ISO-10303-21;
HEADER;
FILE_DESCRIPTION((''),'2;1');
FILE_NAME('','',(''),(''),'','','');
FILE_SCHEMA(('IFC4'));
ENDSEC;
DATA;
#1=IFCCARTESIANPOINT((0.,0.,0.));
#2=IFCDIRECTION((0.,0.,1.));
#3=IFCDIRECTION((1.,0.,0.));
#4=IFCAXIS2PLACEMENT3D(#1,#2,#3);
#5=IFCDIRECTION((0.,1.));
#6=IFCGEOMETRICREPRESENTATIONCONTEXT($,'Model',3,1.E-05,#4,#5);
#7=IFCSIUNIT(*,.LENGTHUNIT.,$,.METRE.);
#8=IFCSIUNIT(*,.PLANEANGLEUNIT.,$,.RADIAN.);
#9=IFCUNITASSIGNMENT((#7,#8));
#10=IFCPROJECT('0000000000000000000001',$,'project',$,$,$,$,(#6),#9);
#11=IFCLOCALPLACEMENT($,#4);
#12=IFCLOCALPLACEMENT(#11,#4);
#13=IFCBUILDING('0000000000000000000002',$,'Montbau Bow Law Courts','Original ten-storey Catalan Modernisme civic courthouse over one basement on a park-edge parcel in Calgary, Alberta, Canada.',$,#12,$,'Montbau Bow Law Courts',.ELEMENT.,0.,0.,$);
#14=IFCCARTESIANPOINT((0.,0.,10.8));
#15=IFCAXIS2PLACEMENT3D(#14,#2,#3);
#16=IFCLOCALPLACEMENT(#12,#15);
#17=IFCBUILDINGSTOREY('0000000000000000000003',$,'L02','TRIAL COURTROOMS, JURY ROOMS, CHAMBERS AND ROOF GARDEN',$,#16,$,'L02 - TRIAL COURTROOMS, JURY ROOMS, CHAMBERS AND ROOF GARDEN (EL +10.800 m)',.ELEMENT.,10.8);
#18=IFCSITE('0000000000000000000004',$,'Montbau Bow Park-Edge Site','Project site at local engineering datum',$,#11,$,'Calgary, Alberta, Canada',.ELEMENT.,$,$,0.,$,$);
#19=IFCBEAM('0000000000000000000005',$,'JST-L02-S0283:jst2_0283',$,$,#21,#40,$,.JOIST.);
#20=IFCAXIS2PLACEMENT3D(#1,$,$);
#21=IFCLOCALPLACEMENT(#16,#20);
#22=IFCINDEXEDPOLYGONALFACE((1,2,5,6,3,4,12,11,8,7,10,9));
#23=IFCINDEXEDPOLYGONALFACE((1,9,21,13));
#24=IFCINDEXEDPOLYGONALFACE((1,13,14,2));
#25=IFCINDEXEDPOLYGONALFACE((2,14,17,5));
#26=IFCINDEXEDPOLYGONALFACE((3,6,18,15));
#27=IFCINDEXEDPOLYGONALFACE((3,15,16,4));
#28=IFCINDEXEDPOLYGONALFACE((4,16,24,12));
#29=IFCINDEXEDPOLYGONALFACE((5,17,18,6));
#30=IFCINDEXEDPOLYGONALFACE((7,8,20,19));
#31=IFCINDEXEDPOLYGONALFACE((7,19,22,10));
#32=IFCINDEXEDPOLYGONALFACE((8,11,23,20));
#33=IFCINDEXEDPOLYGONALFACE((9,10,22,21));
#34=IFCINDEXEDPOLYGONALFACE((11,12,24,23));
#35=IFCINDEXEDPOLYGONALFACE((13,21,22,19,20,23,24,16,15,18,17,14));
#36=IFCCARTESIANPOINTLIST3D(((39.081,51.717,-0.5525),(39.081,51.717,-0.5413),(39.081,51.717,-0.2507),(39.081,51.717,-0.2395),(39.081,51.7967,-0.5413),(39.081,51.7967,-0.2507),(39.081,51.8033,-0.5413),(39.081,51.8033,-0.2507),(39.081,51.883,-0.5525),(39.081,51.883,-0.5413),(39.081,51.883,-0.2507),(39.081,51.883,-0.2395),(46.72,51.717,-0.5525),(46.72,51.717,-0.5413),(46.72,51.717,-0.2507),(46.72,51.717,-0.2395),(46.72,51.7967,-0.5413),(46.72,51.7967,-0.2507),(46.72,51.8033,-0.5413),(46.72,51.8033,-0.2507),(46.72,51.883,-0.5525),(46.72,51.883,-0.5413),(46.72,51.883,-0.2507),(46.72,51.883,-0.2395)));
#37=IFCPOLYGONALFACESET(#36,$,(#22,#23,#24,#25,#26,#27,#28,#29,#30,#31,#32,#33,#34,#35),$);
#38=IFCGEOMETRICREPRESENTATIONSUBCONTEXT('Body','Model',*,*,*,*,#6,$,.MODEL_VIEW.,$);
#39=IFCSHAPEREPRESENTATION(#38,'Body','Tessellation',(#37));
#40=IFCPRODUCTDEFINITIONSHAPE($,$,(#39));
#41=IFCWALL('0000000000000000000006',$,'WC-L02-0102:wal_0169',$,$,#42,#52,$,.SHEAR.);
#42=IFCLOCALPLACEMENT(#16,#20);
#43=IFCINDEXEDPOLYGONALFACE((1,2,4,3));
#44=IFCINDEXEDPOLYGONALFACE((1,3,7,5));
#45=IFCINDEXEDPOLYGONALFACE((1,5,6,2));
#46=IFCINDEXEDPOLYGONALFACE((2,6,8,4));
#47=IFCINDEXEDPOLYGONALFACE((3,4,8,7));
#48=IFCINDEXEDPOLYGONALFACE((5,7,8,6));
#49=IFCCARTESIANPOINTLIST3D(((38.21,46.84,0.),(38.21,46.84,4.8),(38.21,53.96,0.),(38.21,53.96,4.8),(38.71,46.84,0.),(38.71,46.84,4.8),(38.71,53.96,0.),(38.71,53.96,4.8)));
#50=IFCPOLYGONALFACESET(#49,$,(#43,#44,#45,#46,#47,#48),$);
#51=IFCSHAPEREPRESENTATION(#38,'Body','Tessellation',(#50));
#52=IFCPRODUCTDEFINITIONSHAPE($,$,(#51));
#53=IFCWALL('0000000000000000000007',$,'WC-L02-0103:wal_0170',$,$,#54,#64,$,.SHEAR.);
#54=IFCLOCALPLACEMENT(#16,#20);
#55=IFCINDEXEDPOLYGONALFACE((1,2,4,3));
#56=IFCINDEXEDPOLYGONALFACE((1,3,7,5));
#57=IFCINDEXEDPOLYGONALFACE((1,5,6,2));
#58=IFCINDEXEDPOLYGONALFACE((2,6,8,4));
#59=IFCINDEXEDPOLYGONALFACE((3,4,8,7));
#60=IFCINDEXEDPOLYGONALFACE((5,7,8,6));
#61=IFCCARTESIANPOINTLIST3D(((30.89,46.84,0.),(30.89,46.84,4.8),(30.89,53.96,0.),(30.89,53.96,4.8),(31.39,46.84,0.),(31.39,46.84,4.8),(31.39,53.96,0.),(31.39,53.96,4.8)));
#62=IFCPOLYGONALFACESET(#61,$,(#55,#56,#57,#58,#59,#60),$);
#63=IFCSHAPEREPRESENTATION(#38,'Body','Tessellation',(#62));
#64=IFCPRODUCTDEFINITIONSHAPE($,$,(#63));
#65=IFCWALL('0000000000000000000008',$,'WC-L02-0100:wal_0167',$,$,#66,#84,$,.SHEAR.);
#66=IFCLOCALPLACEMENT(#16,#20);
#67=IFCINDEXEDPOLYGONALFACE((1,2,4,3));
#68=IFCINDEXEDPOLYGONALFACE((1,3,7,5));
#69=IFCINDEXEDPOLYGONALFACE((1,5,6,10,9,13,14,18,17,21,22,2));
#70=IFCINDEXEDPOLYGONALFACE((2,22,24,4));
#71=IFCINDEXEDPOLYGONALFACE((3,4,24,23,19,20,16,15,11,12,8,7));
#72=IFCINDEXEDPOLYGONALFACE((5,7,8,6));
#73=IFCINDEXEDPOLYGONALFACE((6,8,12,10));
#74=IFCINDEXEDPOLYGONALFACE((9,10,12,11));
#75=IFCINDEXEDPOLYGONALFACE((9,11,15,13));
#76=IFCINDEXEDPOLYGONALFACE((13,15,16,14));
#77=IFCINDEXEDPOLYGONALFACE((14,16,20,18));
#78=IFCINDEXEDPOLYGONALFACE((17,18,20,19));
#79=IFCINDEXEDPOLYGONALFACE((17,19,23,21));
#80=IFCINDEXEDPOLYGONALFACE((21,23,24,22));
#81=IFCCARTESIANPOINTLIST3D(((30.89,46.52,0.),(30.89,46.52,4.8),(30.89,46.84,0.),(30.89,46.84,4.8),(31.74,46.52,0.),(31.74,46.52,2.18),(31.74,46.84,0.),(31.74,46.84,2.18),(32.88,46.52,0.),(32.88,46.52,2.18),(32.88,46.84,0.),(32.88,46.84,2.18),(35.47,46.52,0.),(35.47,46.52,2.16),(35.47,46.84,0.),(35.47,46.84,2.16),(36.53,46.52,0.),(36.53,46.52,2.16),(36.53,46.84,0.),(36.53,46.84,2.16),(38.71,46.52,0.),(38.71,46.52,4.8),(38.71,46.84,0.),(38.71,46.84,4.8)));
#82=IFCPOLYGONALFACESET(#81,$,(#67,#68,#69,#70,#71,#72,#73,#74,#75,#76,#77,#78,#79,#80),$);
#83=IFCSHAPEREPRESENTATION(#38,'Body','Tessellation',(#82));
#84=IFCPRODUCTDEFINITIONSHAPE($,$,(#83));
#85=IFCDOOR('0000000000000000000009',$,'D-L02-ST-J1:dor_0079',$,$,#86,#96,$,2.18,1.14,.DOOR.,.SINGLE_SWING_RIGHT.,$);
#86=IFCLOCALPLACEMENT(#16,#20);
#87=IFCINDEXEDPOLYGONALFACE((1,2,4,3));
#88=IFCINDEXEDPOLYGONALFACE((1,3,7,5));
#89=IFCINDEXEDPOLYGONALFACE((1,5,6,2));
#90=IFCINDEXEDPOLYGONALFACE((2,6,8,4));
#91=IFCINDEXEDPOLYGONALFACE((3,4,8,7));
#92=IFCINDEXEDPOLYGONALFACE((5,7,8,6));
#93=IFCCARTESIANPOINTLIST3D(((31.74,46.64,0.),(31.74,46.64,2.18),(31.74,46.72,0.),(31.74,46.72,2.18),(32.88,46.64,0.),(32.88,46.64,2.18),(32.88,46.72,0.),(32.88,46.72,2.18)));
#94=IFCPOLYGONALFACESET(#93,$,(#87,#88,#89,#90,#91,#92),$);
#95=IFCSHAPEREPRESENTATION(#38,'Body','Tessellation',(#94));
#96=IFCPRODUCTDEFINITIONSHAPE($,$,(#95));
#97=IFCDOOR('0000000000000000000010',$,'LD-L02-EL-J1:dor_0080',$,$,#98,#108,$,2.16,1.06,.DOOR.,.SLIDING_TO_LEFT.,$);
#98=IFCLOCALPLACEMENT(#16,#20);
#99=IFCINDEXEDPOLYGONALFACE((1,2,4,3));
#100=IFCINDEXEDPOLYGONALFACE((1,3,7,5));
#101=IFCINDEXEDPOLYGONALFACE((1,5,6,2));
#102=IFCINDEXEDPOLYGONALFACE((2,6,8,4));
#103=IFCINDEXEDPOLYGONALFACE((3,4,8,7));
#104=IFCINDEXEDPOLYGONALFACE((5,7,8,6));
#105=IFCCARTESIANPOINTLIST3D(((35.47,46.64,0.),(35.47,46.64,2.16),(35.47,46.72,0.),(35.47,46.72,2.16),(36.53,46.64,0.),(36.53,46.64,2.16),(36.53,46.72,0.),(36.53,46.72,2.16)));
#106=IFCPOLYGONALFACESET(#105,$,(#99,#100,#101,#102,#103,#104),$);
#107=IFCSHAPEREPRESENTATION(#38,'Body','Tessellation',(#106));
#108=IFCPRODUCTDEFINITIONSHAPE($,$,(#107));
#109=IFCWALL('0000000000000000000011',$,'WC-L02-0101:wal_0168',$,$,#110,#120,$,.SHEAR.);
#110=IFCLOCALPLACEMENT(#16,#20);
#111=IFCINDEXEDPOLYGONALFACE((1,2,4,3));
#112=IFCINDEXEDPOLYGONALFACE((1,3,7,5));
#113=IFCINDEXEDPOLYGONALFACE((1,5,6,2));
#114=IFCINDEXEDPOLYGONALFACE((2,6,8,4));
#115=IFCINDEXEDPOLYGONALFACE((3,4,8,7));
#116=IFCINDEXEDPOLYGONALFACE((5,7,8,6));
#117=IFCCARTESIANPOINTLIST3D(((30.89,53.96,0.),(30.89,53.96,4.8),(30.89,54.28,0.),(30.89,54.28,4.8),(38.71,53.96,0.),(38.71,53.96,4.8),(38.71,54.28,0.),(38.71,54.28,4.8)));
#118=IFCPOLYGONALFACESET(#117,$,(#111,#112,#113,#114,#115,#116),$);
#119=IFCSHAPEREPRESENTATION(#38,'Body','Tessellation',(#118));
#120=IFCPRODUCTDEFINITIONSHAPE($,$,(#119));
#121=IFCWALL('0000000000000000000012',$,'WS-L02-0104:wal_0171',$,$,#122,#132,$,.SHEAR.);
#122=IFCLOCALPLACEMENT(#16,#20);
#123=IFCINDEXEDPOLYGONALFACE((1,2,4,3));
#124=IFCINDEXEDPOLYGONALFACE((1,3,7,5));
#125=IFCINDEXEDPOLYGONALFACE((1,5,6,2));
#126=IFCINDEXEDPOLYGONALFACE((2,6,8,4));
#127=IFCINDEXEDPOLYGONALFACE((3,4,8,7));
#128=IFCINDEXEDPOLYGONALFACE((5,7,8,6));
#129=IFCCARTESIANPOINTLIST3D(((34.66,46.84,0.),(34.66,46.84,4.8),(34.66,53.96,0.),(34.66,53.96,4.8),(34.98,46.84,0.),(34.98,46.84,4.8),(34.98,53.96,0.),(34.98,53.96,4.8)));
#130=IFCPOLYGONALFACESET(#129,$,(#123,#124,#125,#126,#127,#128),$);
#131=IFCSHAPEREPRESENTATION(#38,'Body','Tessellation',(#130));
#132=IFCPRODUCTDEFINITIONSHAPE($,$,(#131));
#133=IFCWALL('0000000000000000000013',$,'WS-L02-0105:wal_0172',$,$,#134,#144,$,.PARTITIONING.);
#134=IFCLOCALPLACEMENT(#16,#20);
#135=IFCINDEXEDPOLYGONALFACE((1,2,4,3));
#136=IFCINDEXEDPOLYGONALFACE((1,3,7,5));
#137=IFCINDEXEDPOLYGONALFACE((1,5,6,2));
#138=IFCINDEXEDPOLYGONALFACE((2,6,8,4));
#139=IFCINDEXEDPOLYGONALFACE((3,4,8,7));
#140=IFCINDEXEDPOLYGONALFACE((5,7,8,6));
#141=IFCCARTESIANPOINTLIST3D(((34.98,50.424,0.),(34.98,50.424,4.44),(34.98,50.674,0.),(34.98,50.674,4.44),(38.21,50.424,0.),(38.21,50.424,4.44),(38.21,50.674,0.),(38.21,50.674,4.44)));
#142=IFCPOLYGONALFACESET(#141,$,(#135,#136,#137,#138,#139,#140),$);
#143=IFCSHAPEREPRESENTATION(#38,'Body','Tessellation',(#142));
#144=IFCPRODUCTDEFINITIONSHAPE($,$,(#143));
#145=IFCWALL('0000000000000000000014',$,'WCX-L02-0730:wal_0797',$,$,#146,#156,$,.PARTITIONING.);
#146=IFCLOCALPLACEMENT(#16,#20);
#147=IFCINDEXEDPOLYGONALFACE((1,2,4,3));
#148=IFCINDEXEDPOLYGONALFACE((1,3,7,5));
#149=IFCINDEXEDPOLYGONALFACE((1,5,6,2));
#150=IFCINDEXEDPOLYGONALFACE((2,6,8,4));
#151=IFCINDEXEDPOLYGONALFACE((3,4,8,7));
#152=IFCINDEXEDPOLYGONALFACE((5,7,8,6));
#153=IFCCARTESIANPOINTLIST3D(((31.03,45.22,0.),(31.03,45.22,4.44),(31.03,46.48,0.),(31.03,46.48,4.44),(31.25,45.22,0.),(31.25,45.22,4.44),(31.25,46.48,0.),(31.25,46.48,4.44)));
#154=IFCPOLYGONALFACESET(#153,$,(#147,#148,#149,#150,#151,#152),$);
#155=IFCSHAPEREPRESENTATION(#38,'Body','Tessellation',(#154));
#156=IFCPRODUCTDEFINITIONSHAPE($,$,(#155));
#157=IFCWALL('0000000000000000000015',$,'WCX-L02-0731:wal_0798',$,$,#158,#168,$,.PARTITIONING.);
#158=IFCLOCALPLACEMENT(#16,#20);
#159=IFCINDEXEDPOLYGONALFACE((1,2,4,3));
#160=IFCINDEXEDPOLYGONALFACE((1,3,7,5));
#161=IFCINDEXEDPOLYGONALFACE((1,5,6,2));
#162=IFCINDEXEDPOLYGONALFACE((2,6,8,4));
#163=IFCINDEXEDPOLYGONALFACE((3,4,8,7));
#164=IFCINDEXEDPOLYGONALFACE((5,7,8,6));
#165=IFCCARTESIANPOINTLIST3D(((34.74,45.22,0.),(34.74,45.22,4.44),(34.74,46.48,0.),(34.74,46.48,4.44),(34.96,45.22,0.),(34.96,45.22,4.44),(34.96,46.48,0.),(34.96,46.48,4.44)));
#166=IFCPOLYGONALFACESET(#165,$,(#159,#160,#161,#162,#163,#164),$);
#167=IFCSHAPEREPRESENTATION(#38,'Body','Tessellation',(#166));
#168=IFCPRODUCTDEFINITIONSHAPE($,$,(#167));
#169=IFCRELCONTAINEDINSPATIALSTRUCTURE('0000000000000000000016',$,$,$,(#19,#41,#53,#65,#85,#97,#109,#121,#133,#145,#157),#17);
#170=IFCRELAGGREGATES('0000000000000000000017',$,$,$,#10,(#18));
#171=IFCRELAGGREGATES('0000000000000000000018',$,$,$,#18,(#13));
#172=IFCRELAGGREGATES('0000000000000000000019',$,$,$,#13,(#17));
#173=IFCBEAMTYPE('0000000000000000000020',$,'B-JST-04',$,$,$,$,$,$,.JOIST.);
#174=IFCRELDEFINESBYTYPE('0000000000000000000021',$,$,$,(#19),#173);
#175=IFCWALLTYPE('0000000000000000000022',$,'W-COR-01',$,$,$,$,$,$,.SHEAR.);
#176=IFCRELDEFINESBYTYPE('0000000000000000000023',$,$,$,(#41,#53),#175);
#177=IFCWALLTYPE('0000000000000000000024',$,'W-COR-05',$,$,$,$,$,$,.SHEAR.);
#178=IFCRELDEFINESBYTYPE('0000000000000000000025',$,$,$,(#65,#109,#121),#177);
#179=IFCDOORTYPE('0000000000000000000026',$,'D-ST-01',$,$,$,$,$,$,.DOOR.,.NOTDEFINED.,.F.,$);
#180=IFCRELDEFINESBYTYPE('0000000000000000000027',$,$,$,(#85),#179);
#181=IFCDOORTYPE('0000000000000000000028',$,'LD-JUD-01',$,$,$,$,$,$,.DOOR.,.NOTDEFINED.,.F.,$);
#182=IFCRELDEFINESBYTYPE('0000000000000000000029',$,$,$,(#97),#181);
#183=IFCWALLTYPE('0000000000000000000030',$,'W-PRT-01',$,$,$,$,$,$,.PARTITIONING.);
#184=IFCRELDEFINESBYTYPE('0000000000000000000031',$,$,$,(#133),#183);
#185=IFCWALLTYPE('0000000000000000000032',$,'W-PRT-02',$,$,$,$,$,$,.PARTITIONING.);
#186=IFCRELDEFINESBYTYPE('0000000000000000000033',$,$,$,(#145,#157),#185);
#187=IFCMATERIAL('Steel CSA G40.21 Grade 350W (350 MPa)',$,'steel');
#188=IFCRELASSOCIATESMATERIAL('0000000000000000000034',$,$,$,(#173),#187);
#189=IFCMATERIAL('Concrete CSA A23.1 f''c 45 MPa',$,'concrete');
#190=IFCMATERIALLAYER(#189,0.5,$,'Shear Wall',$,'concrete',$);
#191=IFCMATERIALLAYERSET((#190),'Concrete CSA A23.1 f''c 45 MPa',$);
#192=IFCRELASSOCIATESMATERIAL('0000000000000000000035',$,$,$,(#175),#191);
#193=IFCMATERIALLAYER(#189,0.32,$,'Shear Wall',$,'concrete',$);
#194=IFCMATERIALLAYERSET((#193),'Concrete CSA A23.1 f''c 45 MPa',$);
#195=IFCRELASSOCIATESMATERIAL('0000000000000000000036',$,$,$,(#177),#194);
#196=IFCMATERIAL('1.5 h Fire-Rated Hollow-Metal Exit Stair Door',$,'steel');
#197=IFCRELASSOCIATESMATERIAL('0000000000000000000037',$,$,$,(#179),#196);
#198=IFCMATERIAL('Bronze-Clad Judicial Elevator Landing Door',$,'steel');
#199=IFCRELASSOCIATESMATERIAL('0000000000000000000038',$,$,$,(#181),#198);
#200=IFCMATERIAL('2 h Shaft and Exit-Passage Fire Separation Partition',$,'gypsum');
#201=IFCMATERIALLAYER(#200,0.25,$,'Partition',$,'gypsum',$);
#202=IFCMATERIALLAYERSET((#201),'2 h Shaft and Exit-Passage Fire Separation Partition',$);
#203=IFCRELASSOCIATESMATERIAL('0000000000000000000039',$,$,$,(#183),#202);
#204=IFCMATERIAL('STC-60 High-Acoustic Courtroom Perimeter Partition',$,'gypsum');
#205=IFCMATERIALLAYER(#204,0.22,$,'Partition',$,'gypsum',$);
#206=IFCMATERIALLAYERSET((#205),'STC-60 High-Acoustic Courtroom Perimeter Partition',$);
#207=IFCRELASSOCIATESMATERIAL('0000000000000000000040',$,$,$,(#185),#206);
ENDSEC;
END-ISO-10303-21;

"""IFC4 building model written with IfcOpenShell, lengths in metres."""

from ifc_helpers import new_model, si_unit, direction, frame, frame_2d, origin_with_axes, origin_2d_with_axis, place, context, subcontext, project, spatial, rectangle, i_section, extrude, material, layer, layer_set, material_profile, profile_set, type_object, element, fill, save


model = new_model("IFC4")

# Units and contexts
model_context = context("Model", 3, precision=1e-05, world=origin_with_axes(), true_north=direction((0.0, 1.0)))
body_context = subcontext(model_context, "Body", "Model", "MODEL_VIEW")
ifc_project = project(units=[si_unit("LENGTHUNIT", "METRE"), si_unit("PLANEANGLEUNIT", "RADIAN")], contexts=[model_context])

# Site, building, storey
site_placement = place(None, origin_with_axes())
site = spatial("IfcSite", under=ifc_project, at=site_placement, Name="Montbau Bow Park-Edge Site", Description="Project site at local engineering datum", LongName="Calgary, Alberta, Canada", CompositionType="ELEMENT", RefElevation=0.0)
building_placement = place(site_placement, origin_with_axes())
building = spatial("IfcBuilding", under=site, at=building_placement, Name="Montbau Bow Law Courts", Description="Original ten-storey Catalan Modernisme civic courthouse over one basement on a park-edge parcel in Calgary, Alberta, Canada.", LongName="Montbau Bow Law Courts", CompositionType="ELEMENT", ElevationOfRefHeight=0.0, ElevationOfTerrain=0.0)
storey_placement = place(building_placement, frame((0.0, 0.0, 10.8), z_axis=(0.0, 0.0, 1.0), x_axis=(1.0, 0.0, 0.0)))
storey = spatial("IfcBuildingStorey", under=building, at=storey_placement, Name="L02", Description="TRIAL COURTROOMS, JURY ROOMS, CHAMBERS AND ROOF GARDEN", LongName="L02 - TRIAL COURTROOMS, JURY ROOMS, CHAMBERS AND ROOF GARDEN (EL +10.800 m)", CompositionType="ELEMENT", Elevation=10.8)

# Shared definitions
ifc_material_1 = material(Name="Concrete CSA A23.1 f'c 45 MPa", Category="concrete")
ifc_material_2 = material(Name="Steel CSA G40.21 Grade 350W (350 MPa)", Category="steel")

# Beam
ifc_material_profile_1 = material_profile(ifc_material_2, i_section(OverallWidth=0.166, OverallDepth=0.313, WebThickness=0.0066, FlangeThickness=0.0112, at=origin_2d_with_axis()), Name="W310X45", Category="Main", Priority=0)
ifc_profile_set_1 = profile_set([ifc_material_profile_1], Name="Steel CSA G40.21 Grade 350W (350 MPa)")
beam_type_1 = type_object("IfcBeamType", Name="B-JST-04", PredefinedType="JOIST", material=ifc_profile_set_1)
beam_1_placement = place(None, frame((39.081, 51.8, 10.404), z_axis=(1.0, 0.0, 0.0), x_axis=(0.0, 1.0, 0.0)))
element("IfcBeam", 1, at=beam_1_placement, inside=storey, type_object=beam_type_1, Name="JST-L02-S0283:jst2_0283", PredefinedType="JOIST", context=body_context, shape_type="SweptSolid", body=[
    extrude(i_section(OverallWidth=0.166, OverallDepth=0.313, WebThickness=0.0066, FlangeThickness=0.0112, at=origin_2d_with_axis()), origin_with_axes(), (0.0, 0.0, 1.0), 7.639),
])

# Walls
ifc_layer_1 = layer(ifc_material_1, 0.5, Name="Shear Wall", Category="concrete")
ifc_layer_set_1 = layer_set([ifc_layer_1], Name="Concrete CSA A23.1 f'c 45 MPa")
wall_type_1 = type_object("IfcWallType", Name="W-COR-01", PredefinedType="SHEAR", material=ifc_layer_set_1)
for number, where, z_axis, x_axis, name in (
    (2, (38.46, 46.84, 10.8), (0.0, 0.0, 1.0), (0.0, 1.0, 0.0), "WC-L02-0102:wal_0169"),
    (3, (31.14, 53.96, 10.8), (0.0, 0.0, 1.0), (0.0, -1.0, 0.0), "WC-L02-0103:wal_0170"),
):
    element("IfcWall", number, at=place(None, frame(where, z_axis=z_axis, x_axis=x_axis)), inside=storey, type_object=wall_type_1, Name=name, PredefinedType="SHEAR", context=body_context, shape_type="SweptSolid", body=[
        extrude(rectangle(XDim=7.12, YDim=0.5, at=frame_2d((3.56, 0.0), x_axis=(1.0, 0.0))), origin_with_axes(), (0.0, 0.0, 1.0), 4.8),
    ])

# Wall, openings, doors
ifc_layer_2 = layer(ifc_material_1, 0.32, Name="Shear Wall", Category="concrete")
ifc_layer_set_2 = layer_set([ifc_layer_2], Name="Concrete CSA A23.1 f'c 45 MPa")
wall_type_2 = type_object("IfcWallType", Name="W-COR-05", PredefinedType="SHEAR", material=ifc_layer_set_2)
wall_1_placement = place(None, frame((30.89, 46.68, 10.8), z_axis=(0.0, 0.0, 1.0), x_axis=(1.0, 0.0, 0.0)))
wall_1 = element("IfcWall", 4, at=wall_1_placement, inside=storey, type_object=wall_type_2, Name="WC-L02-0100:wal_0167", PredefinedType="SHEAR", context=body_context, shape_type="SweptSolid", body=[
    extrude(rectangle(XDim=7.82, YDim=0.32, at=frame_2d((3.91, 0.0), x_axis=(1.0, 0.0))), origin_with_axes(), (0.0, 0.0, 1.0), 4.8),
])
opening_1_placement = place(None, frame((32.31, 46.68, 10.8), z_axis=(0.0, 0.0, 1.0), x_axis=(1.0, 0.0, 0.0)))
opening_1 = element("IfcOpeningElement", 5, at=opening_1_placement, cuts=wall_1, PredefinedType="OPENING", context=body_context, shape_type="SweptSolid", body=[
    extrude(rectangle(XDim=1.14, YDim=2.18, at=frame_2d((0.0, 1.09), x_axis=(1.0, 0.0))), frame((0.0, 0.17, 0.0), z_axis=(0.0, -1.0, 0.0), x_axis=(1.0, 0.0, 0.0)), (0.0, 0.0, 1.0), 0.34),
])
opening_2_placement = place(None, frame((36.0, 46.68, 10.8), z_axis=(0.0, 0.0, 1.0), x_axis=(1.0, 0.0, 0.0)))
opening_2 = element("IfcOpeningElement", 6, at=opening_2_placement, cuts=wall_1, PredefinedType="OPENING", context=body_context, shape_type="SweptSolid", body=[
    extrude(rectangle(XDim=1.06, YDim=2.16, at=frame_2d((0.0, 1.08), x_axis=(1.0, 0.0))), frame((0.0, 0.17, 0.0), z_axis=(0.0, -1.0, 0.0), x_axis=(1.0, 0.0, 0.0)), (0.0, 0.0, 1.0), 0.34),
])
ifc_material_3 = material(Name="1.5 h Fire-Rated Hollow-Metal Exit Stair Door", Category="steel")
door_type_1 = type_object("IfcDoorType", Name="D-ST-01", OperationType="NOTDEFINED", ParameterTakesPrecedence=False, PredefinedType="DOOR", material=ifc_material_3)
door_1_placement = place(None, frame((32.31, 46.68, 10.8), z_axis=(0.0, 0.0, 1.0), x_axis=(-1.0, 0.0, 0.0)))
door_1 = element("IfcDoor", 7, at=door_1_placement, inside=storey, type_object=door_type_1, Name="D-L02-ST-J1:dor_0079", OperationType="SINGLE_SWING_RIGHT", OverallHeight=2.18, OverallWidth=1.14, PredefinedType="DOOR", context=body_context, shape_type="SweptSolid", body=[
    extrude(rectangle(XDim=1.14, YDim=2.18, at=frame_2d((0.0, 1.09), x_axis=(1.0, 0.0))), frame((0.0, 0.04, 0.0), z_axis=(0.0, -1.0, 0.0), x_axis=(1.0, 0.0, 0.0)), (0.0, 0.0, 1.0), 0.08),
])
fill(opening_1, door_1)
ifc_material_4 = material(Name="Bronze-Clad Judicial Elevator Landing Door", Category="steel")
door_type_2 = type_object("IfcDoorType", Name="LD-JUD-01", OperationType="NOTDEFINED", ParameterTakesPrecedence=False, PredefinedType="DOOR", material=ifc_material_4)
door_2_placement = place(None, frame((36.0, 46.68, 10.8), z_axis=(0.0, 0.0, 1.0), x_axis=(-1.0, 0.0, 0.0)))
door_2 = element("IfcDoor", 8, at=door_2_placement, inside=storey, type_object=door_type_2, Name="LD-L02-EL-J1:dor_0080", OperationType="SLIDING_TO_LEFT", OverallHeight=2.16, OverallWidth=1.06, PredefinedType="DOOR", context=body_context, shape_type="SweptSolid", body=[
    extrude(rectangle(XDim=1.06, YDim=2.16, at=frame_2d((0.0, 1.08), x_axis=(1.0, 0.0))), frame((0.0, 0.04, 0.0), z_axis=(0.0, -1.0, 0.0), x_axis=(1.0, 0.0, 0.0)), (0.0, 0.0, 1.0), 0.08),
])
fill(opening_2, door_2)

# Walls
wall_2_placement = place(None, frame((38.71, 54.12, 10.8), z_axis=(0.0, 0.0, 1.0), x_axis=(-1.0, 0.0, 0.0)))
element("IfcWall", 9, at=wall_2_placement, inside=storey, type_object=wall_type_2, Name="WC-L02-0101:wal_0168", PredefinedType="SHEAR", context=body_context, shape_type="SweptSolid", body=[
    extrude(rectangle(XDim=7.82, YDim=0.32, at=frame_2d((3.91, 0.0), x_axis=(1.0, 0.0))), origin_with_axes(), (0.0, 0.0, 1.0), 4.8),
])
wall_3_placement = place(None, frame((34.82, 46.84, 10.8), z_axis=(0.0, 0.0, 1.0), x_axis=(0.0, 1.0, 0.0)))
element("IfcWall", 10, at=wall_3_placement, inside=storey, type_object=wall_type_2, Name="WS-L02-0104:wal_0171", PredefinedType="SHEAR", context=body_context, shape_type="SweptSolid", body=[
    extrude(rectangle(XDim=7.12, YDim=0.32, at=frame_2d((3.56, 0.0), x_axis=(1.0, 0.0))), origin_with_axes(), (0.0, 0.0, 1.0), 4.8),
])
ifc_material_5 = material(Name="2 h Shaft and Exit-Passage Fire Separation Partition", Category="gypsum")
ifc_layer_3 = layer(ifc_material_5, 0.25, Name="Partition", Category="gypsum")
ifc_layer_set_3 = layer_set([ifc_layer_3], Name="2 h Shaft and Exit-Passage Fire Separation Partition")
wall_type_3 = type_object("IfcWallType", Name="W-PRT-01", PredefinedType="PARTITIONING", material=ifc_layer_set_3)
wall_4_placement = place(None, frame((34.98, 50.549, 10.8), z_axis=(0.0, 0.0, 1.0), x_axis=(1.0, 0.0, 0.0)))
element("IfcWall", 11, at=wall_4_placement, inside=storey, type_object=wall_type_3, Name="WS-L02-0105:wal_0172", PredefinedType="PARTITIONING", context=body_context, shape_type="SweptSolid", body=[
    extrude(rectangle(XDim=3.23, YDim=0.25, at=frame_2d((1.615, 0.0), x_axis=(1.0, 0.0))), origin_with_axes(), (0.0, 0.0, 1.0), 4.44),
])
ifc_material_6 = material(Name="STC-60 High-Acoustic Courtroom Perimeter Partition", Category="gypsum")
ifc_layer_4 = layer(ifc_material_6, 0.22, Name="Partition", Category="gypsum")
ifc_layer_set_4 = layer_set([ifc_layer_4], Name="STC-60 High-Acoustic Courtroom Perimeter Partition")
wall_type_4 = type_object("IfcWallType", Name="W-PRT-02", PredefinedType="PARTITIONING", material=ifc_layer_set_4)
for number, where, z_axis, x_axis, name in (
    (12, (31.14, 45.22, 10.8), (0.0, 0.0, 1.0), (0.0, 1.0, 0.0), "WCX-L02-0730:wal_0797"),
    (13, (34.85, 45.22, 10.8), (0.0, 0.0, 1.0), (0.0, 1.0, 0.0), "WCX-L02-0731:wal_0798"),
):
    element("IfcWall", number, at=place(None, frame(where, z_axis=z_axis, x_axis=x_axis)), inside=storey, type_object=wall_type_4, Name=name, PredefinedType="PARTITIONING", context=body_context, shape_type="SweptSolid", body=[
        extrude(rectangle(XDim=1.26, YDim=0.22, at=frame_2d((0.63, 0.0), x_axis=(1.0, 0.0))), origin_with_axes(), (0.0, 0.0, 1.0), 4.44),
    ])

save(model, "model.ifc")
